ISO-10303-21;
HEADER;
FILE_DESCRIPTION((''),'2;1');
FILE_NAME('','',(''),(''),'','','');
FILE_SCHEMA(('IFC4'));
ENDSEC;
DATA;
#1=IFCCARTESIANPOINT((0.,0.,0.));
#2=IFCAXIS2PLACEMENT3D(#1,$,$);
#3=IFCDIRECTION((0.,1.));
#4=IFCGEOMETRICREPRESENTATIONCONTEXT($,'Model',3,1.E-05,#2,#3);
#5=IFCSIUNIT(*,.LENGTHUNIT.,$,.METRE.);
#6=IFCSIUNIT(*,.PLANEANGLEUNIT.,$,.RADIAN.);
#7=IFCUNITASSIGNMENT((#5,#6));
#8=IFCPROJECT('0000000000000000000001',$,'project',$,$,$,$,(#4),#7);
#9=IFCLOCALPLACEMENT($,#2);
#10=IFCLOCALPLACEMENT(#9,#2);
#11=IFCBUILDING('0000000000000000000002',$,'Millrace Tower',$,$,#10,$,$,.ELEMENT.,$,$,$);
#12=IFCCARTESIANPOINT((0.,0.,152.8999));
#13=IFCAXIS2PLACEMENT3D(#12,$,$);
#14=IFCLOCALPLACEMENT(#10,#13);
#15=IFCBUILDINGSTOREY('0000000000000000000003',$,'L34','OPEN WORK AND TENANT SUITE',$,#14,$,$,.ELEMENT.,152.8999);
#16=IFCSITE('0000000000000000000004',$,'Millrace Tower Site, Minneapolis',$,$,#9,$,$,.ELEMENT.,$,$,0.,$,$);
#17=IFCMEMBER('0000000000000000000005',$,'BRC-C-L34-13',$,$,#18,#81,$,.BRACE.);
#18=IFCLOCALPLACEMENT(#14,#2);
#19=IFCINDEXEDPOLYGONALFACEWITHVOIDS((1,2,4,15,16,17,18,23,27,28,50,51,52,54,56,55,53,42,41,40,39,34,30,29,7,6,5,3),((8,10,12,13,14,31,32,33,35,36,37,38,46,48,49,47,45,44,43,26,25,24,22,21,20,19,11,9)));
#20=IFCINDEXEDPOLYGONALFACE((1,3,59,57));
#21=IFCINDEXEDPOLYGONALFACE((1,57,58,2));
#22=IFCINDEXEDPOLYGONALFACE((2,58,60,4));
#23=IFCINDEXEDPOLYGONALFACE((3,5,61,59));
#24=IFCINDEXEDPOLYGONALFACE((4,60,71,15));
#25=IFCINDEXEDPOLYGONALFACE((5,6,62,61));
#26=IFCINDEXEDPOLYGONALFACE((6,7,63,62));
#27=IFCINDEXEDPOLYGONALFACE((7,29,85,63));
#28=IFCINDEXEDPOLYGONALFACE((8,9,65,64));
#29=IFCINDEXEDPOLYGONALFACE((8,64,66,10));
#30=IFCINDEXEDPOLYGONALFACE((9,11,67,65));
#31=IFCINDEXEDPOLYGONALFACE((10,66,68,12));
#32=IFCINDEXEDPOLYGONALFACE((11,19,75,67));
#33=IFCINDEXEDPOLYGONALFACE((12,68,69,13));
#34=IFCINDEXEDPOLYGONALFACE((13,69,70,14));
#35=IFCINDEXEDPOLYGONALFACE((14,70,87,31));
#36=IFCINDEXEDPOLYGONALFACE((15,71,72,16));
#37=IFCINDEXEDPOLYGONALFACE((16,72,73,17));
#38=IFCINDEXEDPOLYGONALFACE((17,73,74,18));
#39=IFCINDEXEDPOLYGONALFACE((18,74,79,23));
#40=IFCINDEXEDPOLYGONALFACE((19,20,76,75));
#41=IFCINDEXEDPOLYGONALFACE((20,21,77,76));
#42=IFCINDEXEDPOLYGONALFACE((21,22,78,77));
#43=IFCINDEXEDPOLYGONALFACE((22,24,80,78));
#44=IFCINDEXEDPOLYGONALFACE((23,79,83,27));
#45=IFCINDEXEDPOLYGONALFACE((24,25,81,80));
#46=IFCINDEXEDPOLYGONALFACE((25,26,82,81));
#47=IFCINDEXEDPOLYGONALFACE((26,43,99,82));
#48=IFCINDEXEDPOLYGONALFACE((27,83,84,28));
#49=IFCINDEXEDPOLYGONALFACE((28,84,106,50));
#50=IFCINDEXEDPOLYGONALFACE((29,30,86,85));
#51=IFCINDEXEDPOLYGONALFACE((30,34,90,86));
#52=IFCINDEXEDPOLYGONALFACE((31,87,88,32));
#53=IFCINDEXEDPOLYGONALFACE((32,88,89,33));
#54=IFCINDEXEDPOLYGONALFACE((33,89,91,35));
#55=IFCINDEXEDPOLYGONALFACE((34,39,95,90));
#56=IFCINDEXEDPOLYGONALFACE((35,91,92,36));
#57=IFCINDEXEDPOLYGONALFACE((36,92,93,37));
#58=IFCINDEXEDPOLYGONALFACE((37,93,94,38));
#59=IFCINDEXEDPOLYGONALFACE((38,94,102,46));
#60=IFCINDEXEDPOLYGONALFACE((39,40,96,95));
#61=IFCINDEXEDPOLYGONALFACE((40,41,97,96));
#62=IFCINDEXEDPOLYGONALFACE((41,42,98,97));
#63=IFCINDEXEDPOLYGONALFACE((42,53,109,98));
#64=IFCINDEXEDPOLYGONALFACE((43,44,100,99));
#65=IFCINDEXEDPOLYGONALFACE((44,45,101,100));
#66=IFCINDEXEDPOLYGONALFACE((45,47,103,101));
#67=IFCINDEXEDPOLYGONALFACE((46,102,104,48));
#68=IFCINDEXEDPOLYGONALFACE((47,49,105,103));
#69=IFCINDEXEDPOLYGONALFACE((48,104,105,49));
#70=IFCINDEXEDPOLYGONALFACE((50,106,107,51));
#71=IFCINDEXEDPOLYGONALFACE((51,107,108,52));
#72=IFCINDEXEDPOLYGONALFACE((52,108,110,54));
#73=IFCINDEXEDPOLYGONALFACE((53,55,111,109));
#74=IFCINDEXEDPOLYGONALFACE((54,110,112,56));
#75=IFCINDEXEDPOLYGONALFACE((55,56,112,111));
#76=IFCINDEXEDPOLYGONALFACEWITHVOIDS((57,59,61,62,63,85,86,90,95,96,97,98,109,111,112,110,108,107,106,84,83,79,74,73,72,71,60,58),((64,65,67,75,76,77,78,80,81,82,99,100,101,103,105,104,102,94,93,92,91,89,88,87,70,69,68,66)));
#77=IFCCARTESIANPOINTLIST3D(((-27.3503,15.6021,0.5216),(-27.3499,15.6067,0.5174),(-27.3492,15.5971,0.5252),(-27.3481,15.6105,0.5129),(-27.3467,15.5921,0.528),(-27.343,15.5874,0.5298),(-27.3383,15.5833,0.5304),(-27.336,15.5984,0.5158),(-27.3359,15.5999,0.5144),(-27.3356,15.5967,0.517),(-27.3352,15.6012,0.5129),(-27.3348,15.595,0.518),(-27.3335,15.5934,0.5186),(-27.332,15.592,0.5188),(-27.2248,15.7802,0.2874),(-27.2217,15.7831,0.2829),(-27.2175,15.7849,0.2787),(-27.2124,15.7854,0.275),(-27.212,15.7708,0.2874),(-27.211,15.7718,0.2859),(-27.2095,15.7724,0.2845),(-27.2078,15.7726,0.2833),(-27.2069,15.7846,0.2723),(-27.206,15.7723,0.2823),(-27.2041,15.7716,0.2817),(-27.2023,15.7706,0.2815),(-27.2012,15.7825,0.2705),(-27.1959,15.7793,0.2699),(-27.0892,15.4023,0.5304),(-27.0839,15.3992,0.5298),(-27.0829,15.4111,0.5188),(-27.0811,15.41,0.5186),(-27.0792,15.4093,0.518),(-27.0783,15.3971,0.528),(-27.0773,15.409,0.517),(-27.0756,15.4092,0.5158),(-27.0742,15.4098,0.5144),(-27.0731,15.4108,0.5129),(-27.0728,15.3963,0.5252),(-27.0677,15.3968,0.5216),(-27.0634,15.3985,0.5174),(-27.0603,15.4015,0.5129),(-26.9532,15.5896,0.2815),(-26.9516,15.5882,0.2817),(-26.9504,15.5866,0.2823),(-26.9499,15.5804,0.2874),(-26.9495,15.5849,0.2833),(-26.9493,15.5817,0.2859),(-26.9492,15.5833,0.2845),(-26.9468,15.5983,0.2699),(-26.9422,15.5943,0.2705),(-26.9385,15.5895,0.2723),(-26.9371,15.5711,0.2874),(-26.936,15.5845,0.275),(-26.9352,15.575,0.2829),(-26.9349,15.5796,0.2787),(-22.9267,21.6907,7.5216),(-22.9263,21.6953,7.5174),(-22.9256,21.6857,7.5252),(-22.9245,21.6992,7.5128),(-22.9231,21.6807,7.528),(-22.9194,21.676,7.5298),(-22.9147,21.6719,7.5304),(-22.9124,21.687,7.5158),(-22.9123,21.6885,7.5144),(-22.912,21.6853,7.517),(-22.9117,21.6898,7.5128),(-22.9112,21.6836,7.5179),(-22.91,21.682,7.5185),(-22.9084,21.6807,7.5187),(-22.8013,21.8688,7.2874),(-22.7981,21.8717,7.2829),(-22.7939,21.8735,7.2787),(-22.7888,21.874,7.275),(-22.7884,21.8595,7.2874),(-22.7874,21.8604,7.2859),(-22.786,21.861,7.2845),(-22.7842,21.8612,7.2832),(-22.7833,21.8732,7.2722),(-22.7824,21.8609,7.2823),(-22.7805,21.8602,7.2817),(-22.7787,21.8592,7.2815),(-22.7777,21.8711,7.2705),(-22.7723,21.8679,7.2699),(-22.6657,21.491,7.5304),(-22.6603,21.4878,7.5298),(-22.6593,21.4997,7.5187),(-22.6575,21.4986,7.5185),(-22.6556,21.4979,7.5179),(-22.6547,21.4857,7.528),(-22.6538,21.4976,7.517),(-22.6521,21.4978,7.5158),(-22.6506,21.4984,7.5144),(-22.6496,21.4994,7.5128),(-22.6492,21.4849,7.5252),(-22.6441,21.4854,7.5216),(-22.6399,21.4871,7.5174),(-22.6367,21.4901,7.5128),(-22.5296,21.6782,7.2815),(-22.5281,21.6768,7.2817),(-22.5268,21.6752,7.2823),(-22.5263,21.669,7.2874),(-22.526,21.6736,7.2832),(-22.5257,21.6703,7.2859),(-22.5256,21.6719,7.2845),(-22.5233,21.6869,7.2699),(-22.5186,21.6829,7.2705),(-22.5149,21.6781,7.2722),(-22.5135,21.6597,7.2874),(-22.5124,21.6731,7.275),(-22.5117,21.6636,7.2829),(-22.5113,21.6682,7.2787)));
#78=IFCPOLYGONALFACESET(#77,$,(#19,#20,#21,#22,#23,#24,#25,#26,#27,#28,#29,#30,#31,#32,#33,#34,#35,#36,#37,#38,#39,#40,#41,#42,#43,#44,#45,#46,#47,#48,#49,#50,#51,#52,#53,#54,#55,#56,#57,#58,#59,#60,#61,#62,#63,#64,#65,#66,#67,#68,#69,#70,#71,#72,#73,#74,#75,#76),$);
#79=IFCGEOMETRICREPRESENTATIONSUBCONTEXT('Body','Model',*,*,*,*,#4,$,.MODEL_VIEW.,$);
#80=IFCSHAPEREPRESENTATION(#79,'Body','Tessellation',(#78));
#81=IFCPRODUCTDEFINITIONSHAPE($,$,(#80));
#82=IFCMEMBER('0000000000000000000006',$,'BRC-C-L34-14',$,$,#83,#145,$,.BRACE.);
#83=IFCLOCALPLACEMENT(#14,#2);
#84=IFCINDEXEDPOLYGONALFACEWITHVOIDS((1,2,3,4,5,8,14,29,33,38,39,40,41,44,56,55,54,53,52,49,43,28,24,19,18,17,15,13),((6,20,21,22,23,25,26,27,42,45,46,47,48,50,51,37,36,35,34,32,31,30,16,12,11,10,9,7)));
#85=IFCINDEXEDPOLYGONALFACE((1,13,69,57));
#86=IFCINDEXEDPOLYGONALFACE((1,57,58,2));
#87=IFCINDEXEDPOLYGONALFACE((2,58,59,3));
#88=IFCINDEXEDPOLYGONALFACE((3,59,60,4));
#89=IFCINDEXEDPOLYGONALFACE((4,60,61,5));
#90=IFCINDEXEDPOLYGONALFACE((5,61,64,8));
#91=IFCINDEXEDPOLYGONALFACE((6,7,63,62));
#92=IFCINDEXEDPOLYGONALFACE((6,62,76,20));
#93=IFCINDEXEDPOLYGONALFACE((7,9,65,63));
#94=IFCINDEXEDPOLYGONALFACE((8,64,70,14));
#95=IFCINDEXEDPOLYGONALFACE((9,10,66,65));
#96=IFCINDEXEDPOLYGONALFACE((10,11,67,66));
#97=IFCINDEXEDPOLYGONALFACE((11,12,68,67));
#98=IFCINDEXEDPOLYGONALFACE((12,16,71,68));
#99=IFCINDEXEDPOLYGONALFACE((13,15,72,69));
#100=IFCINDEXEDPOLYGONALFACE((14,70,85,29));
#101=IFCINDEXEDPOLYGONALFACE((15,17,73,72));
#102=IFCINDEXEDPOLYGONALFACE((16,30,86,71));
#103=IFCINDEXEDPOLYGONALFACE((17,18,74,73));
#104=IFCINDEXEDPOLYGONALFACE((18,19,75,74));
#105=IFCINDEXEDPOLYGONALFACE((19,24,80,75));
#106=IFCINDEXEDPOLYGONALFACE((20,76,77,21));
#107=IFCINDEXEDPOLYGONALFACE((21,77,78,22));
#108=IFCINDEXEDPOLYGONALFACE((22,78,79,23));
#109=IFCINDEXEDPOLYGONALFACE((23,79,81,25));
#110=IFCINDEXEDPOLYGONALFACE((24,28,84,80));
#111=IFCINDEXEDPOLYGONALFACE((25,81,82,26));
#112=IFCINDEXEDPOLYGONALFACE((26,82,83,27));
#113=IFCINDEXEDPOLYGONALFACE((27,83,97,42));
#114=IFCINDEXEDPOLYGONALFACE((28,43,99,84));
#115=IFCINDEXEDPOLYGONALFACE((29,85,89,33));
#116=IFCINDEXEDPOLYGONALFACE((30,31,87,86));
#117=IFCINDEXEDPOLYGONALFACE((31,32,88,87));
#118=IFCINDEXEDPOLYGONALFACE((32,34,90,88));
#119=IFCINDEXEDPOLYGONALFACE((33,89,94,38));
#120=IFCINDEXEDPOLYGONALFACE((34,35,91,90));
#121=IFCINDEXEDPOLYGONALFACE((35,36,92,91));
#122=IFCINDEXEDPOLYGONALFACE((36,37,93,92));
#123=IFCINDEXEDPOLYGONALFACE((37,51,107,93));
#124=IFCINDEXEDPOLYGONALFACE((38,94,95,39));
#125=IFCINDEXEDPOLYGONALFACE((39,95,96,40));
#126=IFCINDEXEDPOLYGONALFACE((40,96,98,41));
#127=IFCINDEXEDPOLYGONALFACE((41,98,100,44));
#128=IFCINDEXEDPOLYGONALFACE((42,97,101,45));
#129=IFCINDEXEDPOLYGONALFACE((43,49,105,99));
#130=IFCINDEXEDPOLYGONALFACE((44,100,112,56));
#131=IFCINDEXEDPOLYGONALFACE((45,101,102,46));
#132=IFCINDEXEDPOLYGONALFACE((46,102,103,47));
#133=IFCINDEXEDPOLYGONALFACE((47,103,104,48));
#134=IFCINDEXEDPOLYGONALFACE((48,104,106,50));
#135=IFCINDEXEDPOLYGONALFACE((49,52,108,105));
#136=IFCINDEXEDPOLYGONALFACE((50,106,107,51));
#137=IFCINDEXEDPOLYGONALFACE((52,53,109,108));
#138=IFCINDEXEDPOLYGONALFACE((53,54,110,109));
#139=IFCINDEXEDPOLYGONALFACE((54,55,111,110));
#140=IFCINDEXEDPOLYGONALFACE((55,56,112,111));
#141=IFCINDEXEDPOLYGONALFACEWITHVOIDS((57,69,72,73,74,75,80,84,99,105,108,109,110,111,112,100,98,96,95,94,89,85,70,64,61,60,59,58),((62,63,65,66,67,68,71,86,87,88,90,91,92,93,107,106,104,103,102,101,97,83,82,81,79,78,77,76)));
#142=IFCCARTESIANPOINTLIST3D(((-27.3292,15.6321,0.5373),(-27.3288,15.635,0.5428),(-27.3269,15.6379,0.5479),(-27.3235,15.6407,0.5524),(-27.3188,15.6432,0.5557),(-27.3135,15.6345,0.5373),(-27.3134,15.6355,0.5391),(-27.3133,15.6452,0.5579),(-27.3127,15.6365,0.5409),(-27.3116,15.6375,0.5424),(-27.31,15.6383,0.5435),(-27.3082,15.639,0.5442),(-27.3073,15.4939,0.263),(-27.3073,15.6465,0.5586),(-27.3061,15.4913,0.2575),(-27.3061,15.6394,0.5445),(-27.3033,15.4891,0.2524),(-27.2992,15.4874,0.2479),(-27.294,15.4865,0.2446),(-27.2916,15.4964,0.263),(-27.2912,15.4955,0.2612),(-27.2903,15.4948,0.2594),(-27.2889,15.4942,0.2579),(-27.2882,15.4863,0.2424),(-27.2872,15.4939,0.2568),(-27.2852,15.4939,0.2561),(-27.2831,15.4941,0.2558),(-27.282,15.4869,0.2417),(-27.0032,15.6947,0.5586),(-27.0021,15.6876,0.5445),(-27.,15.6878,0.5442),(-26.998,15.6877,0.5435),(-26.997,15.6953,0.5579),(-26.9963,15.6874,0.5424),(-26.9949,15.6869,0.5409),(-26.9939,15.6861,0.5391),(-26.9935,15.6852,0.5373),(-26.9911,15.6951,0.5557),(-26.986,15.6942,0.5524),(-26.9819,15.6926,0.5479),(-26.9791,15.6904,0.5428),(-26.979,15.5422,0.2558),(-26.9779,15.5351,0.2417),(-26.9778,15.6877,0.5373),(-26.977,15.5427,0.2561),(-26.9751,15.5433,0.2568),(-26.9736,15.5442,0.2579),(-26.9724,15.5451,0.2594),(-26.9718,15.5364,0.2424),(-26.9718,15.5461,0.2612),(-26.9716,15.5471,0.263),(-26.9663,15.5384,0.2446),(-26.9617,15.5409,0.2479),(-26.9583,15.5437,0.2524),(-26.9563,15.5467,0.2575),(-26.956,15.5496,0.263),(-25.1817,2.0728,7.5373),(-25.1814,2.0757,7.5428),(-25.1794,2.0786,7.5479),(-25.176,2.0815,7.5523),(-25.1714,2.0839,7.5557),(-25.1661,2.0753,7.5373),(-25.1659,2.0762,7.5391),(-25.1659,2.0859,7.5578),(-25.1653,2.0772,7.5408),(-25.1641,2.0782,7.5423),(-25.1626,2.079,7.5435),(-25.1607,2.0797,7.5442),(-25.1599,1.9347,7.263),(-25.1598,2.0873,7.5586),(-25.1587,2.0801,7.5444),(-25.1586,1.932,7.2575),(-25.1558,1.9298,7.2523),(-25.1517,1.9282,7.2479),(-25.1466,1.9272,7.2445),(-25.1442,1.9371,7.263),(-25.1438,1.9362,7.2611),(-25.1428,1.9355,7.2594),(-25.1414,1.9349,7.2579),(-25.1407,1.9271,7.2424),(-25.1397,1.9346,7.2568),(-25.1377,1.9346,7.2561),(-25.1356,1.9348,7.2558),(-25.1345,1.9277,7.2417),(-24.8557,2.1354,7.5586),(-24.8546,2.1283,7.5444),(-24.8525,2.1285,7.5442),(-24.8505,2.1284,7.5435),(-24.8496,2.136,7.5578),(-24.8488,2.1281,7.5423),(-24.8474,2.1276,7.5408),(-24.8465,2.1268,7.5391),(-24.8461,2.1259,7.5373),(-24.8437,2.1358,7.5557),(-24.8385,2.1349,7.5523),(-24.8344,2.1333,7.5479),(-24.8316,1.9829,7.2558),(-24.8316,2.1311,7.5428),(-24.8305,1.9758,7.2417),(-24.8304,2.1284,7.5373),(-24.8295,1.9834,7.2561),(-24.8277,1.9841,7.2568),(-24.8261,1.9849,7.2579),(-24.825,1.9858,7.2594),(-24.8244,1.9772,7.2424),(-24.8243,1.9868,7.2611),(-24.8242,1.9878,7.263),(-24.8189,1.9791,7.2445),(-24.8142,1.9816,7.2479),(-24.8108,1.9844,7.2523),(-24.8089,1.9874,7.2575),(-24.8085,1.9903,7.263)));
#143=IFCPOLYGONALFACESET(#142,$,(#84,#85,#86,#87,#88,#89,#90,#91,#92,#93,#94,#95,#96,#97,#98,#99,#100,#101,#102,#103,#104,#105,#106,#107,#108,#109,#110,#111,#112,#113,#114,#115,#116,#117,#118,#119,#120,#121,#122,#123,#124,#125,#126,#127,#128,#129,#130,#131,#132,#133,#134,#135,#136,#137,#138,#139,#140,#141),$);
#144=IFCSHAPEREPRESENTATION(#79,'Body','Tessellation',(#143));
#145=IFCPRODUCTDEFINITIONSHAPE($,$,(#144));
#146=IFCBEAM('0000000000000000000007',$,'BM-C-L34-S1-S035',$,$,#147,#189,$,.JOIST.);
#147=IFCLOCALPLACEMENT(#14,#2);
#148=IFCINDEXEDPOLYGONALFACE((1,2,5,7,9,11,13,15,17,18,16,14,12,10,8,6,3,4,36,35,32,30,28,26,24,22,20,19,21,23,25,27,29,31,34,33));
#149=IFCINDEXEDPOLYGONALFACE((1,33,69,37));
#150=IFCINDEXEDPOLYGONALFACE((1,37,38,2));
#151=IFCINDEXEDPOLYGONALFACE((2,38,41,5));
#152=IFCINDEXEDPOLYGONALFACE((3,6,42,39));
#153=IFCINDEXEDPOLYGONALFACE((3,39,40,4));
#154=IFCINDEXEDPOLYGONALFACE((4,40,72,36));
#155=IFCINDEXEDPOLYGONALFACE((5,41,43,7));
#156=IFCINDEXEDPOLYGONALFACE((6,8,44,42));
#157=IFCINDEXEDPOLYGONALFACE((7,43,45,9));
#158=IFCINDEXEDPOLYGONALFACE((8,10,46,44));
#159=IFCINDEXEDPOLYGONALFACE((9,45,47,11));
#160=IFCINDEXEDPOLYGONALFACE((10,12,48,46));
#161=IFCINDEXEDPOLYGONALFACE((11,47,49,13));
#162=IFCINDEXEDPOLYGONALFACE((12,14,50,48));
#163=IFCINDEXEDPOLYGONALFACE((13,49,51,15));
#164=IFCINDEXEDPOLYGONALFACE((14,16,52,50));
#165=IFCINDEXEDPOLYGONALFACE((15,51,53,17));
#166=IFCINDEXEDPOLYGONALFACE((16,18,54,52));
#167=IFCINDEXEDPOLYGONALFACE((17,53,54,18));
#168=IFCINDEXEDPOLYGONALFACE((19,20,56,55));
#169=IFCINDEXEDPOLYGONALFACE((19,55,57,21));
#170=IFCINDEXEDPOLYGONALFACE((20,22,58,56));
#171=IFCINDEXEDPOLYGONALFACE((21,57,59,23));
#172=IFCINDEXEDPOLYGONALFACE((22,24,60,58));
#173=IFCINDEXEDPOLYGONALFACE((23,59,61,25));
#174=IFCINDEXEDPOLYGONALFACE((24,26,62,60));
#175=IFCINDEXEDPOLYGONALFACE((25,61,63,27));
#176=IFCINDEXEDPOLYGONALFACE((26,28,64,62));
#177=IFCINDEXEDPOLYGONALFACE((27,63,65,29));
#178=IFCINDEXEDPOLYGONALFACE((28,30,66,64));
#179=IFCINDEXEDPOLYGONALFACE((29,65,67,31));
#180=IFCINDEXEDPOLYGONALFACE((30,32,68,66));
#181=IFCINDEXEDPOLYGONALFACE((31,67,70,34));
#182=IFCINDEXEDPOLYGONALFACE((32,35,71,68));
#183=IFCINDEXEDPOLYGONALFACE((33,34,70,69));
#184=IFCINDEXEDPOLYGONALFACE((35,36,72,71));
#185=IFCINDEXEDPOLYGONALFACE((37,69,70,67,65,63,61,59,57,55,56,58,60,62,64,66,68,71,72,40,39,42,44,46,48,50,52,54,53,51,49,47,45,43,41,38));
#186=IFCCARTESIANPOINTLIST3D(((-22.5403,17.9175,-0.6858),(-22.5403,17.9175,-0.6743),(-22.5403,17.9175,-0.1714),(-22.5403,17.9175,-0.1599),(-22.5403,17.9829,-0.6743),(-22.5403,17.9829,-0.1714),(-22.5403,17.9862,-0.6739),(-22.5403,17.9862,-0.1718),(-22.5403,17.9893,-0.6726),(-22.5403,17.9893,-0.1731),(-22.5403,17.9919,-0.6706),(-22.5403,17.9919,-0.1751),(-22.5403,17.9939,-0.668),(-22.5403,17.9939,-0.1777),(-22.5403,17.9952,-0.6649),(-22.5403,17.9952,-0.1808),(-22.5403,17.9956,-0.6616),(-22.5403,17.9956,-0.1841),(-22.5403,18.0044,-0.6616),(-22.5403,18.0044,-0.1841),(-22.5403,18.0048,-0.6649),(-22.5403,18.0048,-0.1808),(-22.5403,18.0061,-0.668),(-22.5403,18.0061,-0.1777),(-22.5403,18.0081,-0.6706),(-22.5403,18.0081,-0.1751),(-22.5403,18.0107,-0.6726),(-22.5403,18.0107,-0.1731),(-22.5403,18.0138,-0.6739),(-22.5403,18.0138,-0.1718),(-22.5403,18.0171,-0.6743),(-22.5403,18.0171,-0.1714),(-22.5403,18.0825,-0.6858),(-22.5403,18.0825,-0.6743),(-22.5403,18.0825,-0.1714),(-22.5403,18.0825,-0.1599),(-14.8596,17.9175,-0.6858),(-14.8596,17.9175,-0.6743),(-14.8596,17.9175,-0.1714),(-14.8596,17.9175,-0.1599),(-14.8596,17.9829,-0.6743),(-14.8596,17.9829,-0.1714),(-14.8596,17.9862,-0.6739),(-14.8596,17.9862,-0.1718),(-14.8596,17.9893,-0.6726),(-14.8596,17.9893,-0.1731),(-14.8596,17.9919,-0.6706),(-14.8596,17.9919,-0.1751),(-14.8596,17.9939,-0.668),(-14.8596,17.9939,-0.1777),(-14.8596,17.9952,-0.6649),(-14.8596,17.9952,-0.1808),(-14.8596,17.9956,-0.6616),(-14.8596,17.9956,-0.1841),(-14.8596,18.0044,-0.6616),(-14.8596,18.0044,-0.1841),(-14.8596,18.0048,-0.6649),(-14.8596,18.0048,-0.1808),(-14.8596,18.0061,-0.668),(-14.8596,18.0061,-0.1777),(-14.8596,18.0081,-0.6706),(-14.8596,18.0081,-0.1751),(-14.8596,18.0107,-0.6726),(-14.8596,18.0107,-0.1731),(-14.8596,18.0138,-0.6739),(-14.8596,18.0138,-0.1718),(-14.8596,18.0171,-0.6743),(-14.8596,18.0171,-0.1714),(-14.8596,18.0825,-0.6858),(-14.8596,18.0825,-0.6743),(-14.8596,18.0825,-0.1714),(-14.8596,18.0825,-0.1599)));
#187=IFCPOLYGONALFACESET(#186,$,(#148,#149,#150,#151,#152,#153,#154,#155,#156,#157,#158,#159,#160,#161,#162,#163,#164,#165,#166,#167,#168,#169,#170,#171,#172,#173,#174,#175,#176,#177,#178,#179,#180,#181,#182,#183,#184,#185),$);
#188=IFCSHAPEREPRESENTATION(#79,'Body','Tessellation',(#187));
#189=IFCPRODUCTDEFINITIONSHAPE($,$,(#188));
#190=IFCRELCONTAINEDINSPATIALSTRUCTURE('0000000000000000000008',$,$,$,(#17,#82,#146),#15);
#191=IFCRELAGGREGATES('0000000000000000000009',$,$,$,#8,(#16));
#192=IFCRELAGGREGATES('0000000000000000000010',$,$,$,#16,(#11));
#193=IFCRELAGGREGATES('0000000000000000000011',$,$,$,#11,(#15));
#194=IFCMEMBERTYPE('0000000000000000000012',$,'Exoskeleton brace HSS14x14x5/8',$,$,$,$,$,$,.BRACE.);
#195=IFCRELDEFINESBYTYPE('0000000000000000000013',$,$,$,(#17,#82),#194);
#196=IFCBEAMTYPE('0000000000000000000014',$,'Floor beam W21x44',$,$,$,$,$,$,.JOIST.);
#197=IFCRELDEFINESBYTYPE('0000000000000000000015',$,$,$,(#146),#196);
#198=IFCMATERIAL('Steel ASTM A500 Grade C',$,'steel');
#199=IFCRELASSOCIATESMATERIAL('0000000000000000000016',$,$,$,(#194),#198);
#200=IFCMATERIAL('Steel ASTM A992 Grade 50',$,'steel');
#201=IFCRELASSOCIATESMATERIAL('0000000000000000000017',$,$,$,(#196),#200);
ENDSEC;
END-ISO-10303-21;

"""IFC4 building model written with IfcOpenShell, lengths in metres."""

from ifc_helpers import new_model, si_unit, direction, frame, origin, origin_2d, place, context, subcontext, project, spatial, hollow_rectangle, i_section, extrude, material, material_profile, profile_set, type_object, element, save


model = new_model("IFC4")

# Units and contexts
model_context = context("Model", 3, precision=1e-05, world=origin(), true_north=direction((0.0, 1.0)))
body_context = subcontext(model_context, "Body", "Model", "MODEL_VIEW")
ifc_project = project(units=[si_unit("LENGTHUNIT", "METRE"), si_unit("PLANEANGLEUNIT", "RADIAN")], contexts=[model_context])

# Site, building, storey
site_placement = place(None, origin())
site = spatial("IfcSite", under=ifc_project, at=site_placement, Name="Millrace Tower Site, Minneapolis", CompositionType="ELEMENT", RefElevation=0.0)
building_placement = place(site_placement, origin())
building = spatial("IfcBuilding", under=site, at=building_placement, Name="Millrace Tower", CompositionType="ELEMENT")
storey_placement = place(building_placement, frame((0.0, 0.0, 152.8999)))
storey = spatial("IfcBuildingStorey", under=building, at=storey_placement, Name="L34", Description="OPEN WORK AND TENANT SUITE", CompositionType="ELEMENT", Elevation=152.8999)

# Members
ifc_material_1 = material(Name="Steel ASTM A500 Grade C", Category="steel")
ifc_material_profile_1 = material_profile(ifc_material_1, hollow_rectangle(XDim=0.3557, YDim=0.3557, WallThickness=0.0159, InnerFilletRadius=0.0081, OuterFilletRadius=0.0239, at=origin_2d()))
ifc_profile_set_1 = profile_set([ifc_material_profile_1], Name="Steel ASTM A500 Grade C")
member_type_1 = type_object("IfcMemberType", Name="Exoskeleton brace HSS14x14x5/8", PredefinedType="BRACE", material=ifc_profile_set_1)
member_1_placement = place(storey_placement, frame((-27.1426, 15.5908, 0.4001), z_axis=(0.430389, 0.592388, 0.681059), x_axis=(-0.809021, 0.58778, 0.0)))
element("IfcMember", 1, at=member_1_placement, inside=storey, type_object=member_type_1, Name="BRC-C-L34-13", PredefinedType="BRACE", context=body_context, shape_type="SweptSolid", body=[
    extrude(hollow_rectangle(XDim=0.3557, YDim=0.3557, WallThickness=0.0159, InnerFilletRadius=0.0081, OuterFilletRadius=0.0239, at=origin_2d()), origin(), (0.0, 0.0, 1.0), 10.2781),
])
member_2_placement = place(storey_placement, frame((-27.1426, 15.5908, 0.4001), z_axis=(0.139355, -0.879907, 0.454252), x_axis=(0.98769, 0.156426, 0.0)))
element("IfcMember", 2, at=member_2_placement, inside=storey, type_object=member_type_1, Name="BRC-C-L34-14", PredefinedType="BRACE", context=body_context, shape_type="SweptSolid", body=[
    extrude(hollow_rectangle(XDim=0.3557, YDim=0.3557, WallThickness=0.0159, InnerFilletRadius=0.0081, OuterFilletRadius=0.0239, at=origin_2d()), origin(), (0.0, 0.0, 1.0), 15.4099),
])

# Beam
ifc_material_2 = material(Name="Steel ASTM A992 Grade 50", Category="steel")
ifc_material_profile_2 = material_profile(ifc_material_2, i_section(OverallWidth=0.165, OverallDepth=0.5259, WebThickness=0.0088, FlangeThickness=0.0115, FilletRadius=0.0127, at=origin_2d()))
ifc_profile_set_2 = profile_set([ifc_material_profile_2], Name="Steel ASTM A992 Grade 50")
beam_type_1 = type_object("IfcBeamType", Name="Floor beam W21x44", PredefinedType="JOIST", material=ifc_profile_set_2)
beam_1_placement = place(storey_placement, frame((-22.5403, 18.0, -0.4229), z_axis=(1.0, 0.0, 0.0), x_axis=(0.0, 1.0, 0.0)))
element("IfcBeam", 3, at=beam_1_placement, inside=storey, type_object=beam_type_1, Name="BM-C-L34-S1-S035", PredefinedType="JOIST", context=body_context, shape_type="SweptSolid", body=[
    extrude(i_section(OverallWidth=0.165, OverallDepth=0.5259, WebThickness=0.0088, FlangeThickness=0.0115, FilletRadius=0.0127, at=origin_2d()), origin(), (0.0, 0.0, 1.0), 7.6807),
])

save(model, "model.ifc")
